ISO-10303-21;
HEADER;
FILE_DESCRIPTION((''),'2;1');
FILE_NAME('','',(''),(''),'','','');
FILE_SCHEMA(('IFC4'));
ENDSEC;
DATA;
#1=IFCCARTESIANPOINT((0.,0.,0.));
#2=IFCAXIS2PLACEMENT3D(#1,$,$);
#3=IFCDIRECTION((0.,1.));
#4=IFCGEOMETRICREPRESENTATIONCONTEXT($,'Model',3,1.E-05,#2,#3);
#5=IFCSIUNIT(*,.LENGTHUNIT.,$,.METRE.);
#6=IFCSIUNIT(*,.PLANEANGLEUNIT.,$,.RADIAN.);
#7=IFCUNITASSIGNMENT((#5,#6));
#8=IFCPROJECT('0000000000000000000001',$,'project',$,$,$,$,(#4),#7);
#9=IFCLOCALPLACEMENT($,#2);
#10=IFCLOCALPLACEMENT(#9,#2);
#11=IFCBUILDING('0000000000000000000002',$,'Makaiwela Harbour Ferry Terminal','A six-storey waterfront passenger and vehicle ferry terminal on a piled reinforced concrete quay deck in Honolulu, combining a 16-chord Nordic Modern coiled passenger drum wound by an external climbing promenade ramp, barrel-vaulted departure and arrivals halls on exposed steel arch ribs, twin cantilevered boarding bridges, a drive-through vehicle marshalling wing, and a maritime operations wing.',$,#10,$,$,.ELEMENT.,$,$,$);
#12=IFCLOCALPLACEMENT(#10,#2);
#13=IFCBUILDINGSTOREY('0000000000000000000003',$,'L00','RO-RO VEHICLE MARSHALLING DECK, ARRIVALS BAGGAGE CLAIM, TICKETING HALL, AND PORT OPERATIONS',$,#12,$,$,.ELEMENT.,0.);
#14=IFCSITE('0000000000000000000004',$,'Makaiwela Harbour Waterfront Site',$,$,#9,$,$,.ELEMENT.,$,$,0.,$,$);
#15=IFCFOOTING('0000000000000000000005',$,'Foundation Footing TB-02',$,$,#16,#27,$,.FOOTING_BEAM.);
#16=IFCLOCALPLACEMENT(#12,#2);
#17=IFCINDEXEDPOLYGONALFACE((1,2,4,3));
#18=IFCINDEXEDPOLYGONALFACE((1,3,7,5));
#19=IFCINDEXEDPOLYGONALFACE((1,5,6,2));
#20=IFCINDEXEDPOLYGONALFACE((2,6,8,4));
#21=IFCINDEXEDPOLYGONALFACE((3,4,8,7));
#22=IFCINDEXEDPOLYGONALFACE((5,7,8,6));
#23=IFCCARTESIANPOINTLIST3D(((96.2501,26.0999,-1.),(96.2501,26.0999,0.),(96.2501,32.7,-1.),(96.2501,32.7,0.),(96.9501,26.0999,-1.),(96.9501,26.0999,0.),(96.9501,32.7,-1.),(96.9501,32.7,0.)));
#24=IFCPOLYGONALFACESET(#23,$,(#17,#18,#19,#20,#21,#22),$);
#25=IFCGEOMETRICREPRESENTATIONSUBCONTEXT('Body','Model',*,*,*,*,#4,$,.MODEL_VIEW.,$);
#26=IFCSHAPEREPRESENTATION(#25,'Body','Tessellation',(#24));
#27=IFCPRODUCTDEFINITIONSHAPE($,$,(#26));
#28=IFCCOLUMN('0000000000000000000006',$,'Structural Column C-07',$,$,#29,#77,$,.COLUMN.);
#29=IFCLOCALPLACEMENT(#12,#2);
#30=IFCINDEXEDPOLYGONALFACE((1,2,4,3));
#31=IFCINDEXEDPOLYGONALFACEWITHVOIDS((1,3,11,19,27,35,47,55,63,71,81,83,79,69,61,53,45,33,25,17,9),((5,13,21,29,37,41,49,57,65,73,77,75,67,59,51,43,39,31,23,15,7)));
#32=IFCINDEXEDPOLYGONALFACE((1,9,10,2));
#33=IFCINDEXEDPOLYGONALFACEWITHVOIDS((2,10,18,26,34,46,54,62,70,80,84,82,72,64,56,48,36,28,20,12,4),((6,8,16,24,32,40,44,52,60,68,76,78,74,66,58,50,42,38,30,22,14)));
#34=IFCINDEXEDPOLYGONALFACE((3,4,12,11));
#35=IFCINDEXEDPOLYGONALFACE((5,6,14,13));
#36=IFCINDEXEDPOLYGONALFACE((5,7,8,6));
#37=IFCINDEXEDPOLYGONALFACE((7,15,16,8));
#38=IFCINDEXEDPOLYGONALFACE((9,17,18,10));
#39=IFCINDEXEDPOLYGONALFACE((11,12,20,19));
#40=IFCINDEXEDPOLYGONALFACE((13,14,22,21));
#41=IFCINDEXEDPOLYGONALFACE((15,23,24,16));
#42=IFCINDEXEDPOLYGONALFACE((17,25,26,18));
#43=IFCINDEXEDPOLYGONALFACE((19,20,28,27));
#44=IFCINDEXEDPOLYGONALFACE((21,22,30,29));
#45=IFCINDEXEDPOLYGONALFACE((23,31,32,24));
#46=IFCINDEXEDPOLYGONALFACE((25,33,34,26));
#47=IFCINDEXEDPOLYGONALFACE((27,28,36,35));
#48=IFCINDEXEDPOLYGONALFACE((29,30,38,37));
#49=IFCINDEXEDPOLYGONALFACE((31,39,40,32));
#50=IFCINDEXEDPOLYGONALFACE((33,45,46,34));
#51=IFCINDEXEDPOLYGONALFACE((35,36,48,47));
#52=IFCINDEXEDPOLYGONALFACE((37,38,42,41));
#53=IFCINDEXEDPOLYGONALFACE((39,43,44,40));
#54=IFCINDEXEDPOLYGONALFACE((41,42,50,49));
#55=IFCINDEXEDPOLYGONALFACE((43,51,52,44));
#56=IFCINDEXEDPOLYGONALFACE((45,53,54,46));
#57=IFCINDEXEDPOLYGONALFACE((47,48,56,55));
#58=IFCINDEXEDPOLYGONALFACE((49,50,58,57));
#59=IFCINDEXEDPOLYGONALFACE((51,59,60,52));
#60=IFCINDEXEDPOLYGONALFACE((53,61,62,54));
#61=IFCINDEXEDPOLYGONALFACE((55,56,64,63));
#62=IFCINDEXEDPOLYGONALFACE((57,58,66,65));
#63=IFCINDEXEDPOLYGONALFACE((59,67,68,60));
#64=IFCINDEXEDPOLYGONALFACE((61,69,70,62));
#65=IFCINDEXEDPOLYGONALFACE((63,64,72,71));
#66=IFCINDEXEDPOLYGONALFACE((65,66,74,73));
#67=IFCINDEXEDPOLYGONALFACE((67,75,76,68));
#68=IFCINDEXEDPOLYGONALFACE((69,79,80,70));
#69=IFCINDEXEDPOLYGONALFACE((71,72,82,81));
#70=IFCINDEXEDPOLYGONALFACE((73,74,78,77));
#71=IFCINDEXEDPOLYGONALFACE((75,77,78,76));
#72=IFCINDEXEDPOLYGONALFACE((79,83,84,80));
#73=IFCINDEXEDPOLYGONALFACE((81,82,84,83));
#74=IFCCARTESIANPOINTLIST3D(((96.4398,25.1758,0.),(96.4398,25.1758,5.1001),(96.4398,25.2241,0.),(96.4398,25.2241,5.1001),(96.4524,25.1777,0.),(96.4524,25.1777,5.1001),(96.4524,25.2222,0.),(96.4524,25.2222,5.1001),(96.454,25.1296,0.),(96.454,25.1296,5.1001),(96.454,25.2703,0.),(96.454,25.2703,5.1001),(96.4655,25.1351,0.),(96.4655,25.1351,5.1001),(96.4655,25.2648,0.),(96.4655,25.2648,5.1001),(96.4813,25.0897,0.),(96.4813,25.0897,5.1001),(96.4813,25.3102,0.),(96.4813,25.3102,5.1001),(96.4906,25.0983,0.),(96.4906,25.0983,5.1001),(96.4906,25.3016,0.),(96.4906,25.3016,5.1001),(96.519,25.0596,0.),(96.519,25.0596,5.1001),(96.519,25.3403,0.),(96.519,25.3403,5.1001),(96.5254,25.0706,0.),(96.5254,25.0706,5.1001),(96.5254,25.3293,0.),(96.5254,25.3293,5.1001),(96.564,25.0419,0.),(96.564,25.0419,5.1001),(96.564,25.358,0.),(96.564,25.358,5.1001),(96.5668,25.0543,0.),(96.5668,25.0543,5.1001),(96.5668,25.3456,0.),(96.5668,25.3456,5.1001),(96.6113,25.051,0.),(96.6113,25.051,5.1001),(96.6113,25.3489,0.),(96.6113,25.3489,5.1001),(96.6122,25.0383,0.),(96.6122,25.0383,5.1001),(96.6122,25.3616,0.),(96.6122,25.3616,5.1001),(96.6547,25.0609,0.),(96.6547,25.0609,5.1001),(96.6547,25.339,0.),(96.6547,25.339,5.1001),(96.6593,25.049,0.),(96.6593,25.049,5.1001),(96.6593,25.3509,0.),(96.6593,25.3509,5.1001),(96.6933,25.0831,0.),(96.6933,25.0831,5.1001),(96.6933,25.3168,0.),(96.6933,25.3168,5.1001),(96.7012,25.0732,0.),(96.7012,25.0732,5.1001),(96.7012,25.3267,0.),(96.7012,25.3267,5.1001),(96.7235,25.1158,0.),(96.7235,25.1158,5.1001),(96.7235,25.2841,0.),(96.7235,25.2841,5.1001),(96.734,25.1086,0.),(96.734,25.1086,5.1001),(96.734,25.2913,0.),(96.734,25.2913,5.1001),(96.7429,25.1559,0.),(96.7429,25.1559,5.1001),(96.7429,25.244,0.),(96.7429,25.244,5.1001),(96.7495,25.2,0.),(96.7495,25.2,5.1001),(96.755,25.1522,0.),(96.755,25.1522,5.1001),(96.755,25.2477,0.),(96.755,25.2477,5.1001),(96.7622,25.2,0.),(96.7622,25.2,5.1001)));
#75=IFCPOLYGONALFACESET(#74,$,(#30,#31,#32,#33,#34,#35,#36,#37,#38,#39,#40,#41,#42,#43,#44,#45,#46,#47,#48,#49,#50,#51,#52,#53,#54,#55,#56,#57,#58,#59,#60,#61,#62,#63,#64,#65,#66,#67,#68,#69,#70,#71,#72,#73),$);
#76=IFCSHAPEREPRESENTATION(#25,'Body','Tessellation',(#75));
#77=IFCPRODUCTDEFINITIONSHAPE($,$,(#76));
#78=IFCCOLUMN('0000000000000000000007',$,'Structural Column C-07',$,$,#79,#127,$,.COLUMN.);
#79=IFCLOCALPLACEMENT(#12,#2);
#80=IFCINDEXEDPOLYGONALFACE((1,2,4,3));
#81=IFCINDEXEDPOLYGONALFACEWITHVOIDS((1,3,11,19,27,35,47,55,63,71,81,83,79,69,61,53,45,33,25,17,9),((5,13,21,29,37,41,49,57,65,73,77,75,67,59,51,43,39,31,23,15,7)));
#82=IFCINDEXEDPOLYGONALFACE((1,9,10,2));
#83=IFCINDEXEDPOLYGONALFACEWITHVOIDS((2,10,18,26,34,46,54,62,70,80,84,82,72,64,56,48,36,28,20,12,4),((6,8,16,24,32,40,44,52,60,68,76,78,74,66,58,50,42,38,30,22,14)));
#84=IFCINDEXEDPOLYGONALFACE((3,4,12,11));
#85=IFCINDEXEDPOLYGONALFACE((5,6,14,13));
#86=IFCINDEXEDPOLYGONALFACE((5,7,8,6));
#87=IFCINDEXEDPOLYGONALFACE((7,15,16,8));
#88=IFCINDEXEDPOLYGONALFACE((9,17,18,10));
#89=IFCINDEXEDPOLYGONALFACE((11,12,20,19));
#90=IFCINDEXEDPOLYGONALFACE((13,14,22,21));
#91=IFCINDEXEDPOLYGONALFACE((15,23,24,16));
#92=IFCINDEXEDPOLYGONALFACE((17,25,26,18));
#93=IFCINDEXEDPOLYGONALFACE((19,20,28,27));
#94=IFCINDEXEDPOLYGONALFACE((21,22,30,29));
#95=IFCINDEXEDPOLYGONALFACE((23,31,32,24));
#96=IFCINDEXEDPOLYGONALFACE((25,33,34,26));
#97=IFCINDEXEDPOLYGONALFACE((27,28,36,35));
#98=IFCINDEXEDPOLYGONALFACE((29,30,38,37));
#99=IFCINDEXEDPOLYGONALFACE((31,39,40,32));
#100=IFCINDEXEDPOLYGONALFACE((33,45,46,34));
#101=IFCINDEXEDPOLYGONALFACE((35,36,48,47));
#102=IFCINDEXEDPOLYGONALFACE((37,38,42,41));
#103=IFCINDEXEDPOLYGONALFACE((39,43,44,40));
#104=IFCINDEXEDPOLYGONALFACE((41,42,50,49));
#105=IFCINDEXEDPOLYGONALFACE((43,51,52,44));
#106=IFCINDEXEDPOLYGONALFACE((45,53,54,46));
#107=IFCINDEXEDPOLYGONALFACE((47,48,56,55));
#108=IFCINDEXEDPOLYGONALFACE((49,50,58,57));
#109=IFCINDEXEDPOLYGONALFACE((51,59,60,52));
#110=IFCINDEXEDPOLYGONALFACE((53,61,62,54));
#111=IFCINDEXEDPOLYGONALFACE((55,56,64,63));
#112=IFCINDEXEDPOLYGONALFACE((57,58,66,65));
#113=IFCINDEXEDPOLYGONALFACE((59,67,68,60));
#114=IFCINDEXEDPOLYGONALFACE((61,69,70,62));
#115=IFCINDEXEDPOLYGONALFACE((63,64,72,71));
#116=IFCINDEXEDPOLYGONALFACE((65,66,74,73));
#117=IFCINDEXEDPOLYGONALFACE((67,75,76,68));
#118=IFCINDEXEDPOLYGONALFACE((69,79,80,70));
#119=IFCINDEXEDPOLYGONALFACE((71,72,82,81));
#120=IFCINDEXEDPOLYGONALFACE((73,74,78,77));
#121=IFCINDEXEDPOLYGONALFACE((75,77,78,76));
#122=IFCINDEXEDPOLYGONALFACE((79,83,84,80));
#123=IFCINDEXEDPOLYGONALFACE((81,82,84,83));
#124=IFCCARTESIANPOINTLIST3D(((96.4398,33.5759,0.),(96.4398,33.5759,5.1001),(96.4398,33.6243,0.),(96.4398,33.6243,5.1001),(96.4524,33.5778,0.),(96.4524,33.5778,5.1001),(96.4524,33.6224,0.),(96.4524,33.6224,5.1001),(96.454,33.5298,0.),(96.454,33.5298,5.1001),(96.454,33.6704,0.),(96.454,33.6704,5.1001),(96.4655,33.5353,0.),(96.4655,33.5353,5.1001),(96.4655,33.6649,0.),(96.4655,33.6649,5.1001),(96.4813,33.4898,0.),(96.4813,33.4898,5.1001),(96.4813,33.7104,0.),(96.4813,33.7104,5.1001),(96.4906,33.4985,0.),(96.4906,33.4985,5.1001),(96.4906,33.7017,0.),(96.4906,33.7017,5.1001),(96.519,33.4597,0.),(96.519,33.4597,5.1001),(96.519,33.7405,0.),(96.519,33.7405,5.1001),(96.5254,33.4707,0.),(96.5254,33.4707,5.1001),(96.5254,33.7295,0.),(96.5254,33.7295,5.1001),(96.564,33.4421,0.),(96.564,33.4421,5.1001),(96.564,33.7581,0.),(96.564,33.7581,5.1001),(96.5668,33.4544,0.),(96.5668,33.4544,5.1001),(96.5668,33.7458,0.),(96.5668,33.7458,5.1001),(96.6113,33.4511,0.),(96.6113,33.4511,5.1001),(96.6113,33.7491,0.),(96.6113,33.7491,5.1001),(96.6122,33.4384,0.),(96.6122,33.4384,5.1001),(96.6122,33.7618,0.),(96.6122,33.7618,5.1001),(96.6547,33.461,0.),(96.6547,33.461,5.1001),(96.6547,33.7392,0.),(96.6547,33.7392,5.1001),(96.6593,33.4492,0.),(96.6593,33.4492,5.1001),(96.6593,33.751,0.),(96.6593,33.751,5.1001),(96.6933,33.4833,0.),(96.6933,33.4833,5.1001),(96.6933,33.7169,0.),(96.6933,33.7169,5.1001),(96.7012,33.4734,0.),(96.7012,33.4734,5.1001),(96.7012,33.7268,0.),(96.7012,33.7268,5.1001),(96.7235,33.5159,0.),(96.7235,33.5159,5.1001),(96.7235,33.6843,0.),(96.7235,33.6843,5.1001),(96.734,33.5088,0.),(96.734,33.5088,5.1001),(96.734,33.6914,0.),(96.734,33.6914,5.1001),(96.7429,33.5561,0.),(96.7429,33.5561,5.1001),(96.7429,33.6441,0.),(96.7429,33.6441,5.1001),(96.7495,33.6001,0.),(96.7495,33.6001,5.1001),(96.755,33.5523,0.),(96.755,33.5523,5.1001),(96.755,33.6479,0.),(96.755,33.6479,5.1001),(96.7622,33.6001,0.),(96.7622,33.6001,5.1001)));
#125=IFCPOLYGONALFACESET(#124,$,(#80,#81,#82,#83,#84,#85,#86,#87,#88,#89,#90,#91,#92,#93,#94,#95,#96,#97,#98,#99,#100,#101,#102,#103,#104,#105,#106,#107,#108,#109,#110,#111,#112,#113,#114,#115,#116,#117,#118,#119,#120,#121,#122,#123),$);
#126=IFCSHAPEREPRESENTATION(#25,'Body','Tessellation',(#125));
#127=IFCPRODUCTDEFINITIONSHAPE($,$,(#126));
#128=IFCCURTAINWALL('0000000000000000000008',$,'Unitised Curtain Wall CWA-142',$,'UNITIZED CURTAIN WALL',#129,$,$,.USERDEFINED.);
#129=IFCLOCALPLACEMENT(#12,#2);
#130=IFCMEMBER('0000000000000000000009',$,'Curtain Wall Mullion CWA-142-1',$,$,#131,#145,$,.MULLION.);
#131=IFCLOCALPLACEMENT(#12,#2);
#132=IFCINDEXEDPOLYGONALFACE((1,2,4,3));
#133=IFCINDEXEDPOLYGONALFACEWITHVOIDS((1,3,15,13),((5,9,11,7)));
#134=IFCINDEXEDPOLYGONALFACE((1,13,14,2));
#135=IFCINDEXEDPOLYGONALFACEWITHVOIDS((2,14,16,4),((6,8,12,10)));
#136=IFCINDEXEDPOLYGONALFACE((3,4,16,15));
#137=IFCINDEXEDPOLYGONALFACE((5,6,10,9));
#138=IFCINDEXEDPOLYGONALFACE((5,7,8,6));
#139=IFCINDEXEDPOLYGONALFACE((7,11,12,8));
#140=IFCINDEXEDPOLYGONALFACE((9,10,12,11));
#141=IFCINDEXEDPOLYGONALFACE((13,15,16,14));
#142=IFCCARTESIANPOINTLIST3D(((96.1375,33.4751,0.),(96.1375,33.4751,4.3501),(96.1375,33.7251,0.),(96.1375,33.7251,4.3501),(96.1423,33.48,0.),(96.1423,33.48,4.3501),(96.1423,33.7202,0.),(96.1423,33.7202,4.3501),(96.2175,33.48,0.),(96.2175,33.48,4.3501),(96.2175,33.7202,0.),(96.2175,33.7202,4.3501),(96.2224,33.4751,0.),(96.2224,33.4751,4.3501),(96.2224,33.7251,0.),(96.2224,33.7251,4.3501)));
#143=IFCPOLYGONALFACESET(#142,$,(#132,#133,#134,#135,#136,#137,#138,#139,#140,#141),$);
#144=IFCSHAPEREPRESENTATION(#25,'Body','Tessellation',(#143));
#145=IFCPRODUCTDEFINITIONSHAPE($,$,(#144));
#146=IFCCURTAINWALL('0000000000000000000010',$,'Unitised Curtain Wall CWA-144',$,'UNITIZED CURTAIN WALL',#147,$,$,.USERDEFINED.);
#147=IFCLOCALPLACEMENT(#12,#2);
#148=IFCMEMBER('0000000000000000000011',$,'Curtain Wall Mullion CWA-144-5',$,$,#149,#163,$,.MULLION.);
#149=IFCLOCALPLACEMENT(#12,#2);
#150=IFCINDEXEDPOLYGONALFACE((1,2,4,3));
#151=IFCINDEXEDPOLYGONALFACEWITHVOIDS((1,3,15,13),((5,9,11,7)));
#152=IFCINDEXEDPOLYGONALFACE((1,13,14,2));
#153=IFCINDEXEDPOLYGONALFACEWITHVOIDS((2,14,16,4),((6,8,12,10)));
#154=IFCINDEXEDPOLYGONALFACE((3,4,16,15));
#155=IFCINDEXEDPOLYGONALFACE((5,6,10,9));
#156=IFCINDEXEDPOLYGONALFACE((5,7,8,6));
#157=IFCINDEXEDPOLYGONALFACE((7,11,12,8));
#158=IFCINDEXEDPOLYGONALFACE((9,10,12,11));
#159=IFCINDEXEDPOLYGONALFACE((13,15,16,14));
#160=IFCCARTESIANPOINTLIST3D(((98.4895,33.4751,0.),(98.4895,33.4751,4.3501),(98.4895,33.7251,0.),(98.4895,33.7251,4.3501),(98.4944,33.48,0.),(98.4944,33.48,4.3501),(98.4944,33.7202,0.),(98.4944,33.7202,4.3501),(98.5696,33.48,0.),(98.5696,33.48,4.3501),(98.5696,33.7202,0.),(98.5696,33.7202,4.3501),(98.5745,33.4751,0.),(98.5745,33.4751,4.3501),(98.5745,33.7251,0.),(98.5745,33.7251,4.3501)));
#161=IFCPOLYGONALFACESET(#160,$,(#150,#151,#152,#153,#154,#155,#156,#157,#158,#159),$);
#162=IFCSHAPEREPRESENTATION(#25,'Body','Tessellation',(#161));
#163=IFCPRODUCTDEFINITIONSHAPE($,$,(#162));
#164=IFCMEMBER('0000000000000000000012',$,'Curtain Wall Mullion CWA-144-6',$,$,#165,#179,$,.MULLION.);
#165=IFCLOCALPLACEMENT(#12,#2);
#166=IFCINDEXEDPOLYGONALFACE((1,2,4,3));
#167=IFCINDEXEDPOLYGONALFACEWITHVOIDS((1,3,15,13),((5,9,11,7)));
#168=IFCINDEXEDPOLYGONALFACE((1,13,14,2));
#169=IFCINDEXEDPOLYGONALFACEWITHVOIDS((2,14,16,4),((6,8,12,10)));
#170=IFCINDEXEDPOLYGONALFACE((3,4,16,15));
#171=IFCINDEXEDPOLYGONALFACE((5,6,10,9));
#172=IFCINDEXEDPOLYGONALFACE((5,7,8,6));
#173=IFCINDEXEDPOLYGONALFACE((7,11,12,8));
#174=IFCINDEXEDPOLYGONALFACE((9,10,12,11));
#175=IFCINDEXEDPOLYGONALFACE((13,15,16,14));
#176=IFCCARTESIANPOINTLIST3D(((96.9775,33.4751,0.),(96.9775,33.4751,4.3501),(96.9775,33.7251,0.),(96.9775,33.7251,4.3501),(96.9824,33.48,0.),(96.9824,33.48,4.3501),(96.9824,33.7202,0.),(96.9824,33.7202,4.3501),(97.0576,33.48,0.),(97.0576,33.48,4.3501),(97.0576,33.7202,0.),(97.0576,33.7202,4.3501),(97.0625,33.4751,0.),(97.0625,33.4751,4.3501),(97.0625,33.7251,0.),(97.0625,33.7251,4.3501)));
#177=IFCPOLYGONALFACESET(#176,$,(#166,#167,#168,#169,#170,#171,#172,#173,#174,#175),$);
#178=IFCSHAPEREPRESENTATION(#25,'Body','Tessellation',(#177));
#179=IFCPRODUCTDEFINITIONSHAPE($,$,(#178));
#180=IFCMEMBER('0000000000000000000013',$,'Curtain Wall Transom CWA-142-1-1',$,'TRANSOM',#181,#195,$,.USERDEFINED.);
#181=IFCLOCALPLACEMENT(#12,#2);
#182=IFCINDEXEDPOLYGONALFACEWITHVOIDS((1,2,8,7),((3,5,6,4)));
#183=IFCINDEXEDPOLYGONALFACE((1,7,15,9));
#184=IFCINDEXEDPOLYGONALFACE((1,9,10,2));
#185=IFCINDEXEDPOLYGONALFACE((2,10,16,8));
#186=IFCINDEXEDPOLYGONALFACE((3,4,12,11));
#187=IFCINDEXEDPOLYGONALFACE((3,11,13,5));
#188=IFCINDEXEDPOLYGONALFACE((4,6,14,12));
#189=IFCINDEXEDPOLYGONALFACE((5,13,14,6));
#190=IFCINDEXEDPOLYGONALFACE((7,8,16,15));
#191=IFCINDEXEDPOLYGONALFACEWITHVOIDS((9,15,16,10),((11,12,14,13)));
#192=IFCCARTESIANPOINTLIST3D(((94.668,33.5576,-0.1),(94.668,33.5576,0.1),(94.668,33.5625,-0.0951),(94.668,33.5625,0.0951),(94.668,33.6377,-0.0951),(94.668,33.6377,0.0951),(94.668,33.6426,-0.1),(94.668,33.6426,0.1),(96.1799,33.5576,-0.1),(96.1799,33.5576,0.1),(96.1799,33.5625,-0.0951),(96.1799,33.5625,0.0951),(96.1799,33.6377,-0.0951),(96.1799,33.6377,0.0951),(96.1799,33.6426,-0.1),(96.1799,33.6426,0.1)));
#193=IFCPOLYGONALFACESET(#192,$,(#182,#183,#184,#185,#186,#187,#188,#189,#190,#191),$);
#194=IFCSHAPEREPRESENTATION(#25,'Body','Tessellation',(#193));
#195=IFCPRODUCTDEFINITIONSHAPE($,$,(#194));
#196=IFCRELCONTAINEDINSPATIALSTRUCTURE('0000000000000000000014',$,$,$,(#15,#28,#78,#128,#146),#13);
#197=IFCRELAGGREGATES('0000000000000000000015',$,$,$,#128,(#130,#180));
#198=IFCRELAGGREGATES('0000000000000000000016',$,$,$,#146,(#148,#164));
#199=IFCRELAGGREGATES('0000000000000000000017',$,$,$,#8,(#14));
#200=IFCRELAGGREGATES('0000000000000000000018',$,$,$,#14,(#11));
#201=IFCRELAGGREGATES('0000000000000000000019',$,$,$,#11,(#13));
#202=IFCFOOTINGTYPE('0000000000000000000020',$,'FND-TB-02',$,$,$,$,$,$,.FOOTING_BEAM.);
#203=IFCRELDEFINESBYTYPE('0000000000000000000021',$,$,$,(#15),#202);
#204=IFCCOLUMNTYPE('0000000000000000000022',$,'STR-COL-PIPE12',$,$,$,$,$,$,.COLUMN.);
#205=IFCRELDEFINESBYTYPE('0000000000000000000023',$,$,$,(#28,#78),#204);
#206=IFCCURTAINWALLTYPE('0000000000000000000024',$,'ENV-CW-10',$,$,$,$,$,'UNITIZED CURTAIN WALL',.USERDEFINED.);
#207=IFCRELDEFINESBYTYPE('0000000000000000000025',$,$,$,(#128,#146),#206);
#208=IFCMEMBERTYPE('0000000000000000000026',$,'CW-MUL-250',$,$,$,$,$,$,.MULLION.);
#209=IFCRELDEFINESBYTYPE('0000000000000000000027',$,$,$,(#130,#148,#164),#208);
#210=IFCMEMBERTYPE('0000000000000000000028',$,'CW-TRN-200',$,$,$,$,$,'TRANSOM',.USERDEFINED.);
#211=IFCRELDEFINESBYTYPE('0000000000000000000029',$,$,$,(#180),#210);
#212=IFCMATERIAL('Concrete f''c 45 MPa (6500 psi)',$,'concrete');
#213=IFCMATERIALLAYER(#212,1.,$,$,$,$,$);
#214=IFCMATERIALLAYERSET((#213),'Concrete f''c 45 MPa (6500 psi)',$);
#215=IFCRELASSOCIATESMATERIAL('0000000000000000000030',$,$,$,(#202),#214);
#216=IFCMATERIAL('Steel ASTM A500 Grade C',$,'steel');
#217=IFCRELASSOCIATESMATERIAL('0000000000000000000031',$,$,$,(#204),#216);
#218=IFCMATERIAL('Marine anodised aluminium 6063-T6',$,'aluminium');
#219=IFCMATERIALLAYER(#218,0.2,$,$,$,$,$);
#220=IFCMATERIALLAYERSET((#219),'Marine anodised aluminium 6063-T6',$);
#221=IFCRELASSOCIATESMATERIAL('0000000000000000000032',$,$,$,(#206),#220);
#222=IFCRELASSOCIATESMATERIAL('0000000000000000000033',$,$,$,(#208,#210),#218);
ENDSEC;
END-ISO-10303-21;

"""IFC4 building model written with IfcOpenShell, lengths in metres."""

from ifc_helpers import new_model, si_unit, direction, frame, origin, origin_2d, place, context, subcontext, project, spatial, rectangle, hollow_rectangle, hollow_circle, extrude, material, layer, layer_set, material_profile, profile_set, type_object, element, aggregate, save


model = new_model("IFC4")

# Units and contexts
model_context = context("Model", 3, precision=1e-05, world=origin(), true_north=direction((0.0, 1.0)))
body_context = subcontext(model_context, "Body", "Model", "MODEL_VIEW")
ifc_project = project(units=[si_unit("LENGTHUNIT", "METRE"), si_unit("PLANEANGLEUNIT", "RADIAN")], contexts=[model_context])

# Site, building, storey
site_placement = place(None, origin())
site = spatial("IfcSite", under=ifc_project, at=site_placement, Name="Makaiwela Harbour Waterfront Site", CompositionType="ELEMENT", RefElevation=0.0)
building_placement = place(site_placement, origin())
building = spatial("IfcBuilding", under=site, at=building_placement, Name="Makaiwela Harbour Ferry Terminal", Description="A six-storey waterfront passenger and vehicle ferry terminal on a piled reinforced concrete quay deck in Honolulu, combining a 16-chord Nordic Modern coiled passenger drum wound by an external climbing promenade ramp, barrel-vaulted departure and arrivals halls on exposed steel arch ribs, twin cantilevered boarding bridges, a drive-through vehicle marshalling wing, and a maritime operations wing.", CompositionType="ELEMENT")
storey_placement = place(building_placement, origin())
storey = spatial("IfcBuildingStorey", under=building, at=storey_placement, Name="L00", Description="RO-RO VEHICLE MARSHALLING DECK, ARRIVALS BAGGAGE CLAIM, TICKETING HALL, AND PORT OPERATIONS", CompositionType="ELEMENT", Elevation=0.0)

# Shared definitions
ifc_material_1 = material(Name="Concrete f'c 45 MPa (6500 psi)", Category="concrete")

# Footing
ifc_layer_1 = layer(ifc_material_1, 1.0)
ifc_layer_set_1 = layer_set([ifc_layer_1], Name="Concrete f'c 45 MPa (6500 psi)")
footing_type_1 = type_object("IfcFootingType", Name="FND-TB-02", PredefinedType="FOOTING_BEAM", material=ifc_layer_set_1)
footing_placement = place(storey_placement, frame((96.6001, 29.3999, -1.0), z_axis=(0.0, 0.0, 1.0), x_axis=(0.0, 1.0, 0.0)))
element("IfcFooting", 1, at=footing_placement, inside=storey, type_object=footing_type_1, Name="Foundation Footing TB-02", PredefinedType="FOOTING_BEAM", context=body_context, shape_type="SweptSolid", body=[
    extrude(rectangle(XDim=6.6001, YDim=0.7, at=origin_2d()), origin(), (0.0, 0.0, 1.0), 1.0),
])

# Columns
ifc_material_2 = material(Name="Steel ASTM A500 Grade C", Category="steel")
ifc_material_profile_1 = material_profile(ifc_material_2, hollow_circle(Radius=0.1621, WallThickness=0.0127, at=origin_2d()), Name="PIPE12XS")
ifc_profile_set_1 = profile_set([ifc_material_profile_1], Name="Steel ASTM A500 Grade C")
column_type = type_object("IfcColumnType", Name="STR-COL-PIPE12", PredefinedType="COLUMN", material=ifc_profile_set_1)
for number, where, z_axis, x_axis, name in (
    (2, (96.6001, 25.2, 0.0), (0.0, 0.0, 1.0), (1.0, 0.0, 0.0), "Structural Column C-07"),
    (3, (96.6001, 33.6001, 0.0), (0.0, 0.0, 1.0), (1.0, 0.0, 0.0), "Structural Column C-07"),
):
    element("IfcColumn", number, at=place(storey_placement, frame(where, z_axis=z_axis, x_axis=x_axis)), inside=storey, type_object=column_type, Name=name, PredefinedType="COLUMN", context=body_context, shape_type="SweptSolid", body=[
        extrude(hollow_circle(Radius=0.1621, WallThickness=0.0127, at=origin_2d()), origin(), (0.0, 0.0, 1.0), 5.1001),
    ])

# Curtain wall, member
ifc_material_3 = material(Name="Marine anodised aluminium 6063-T6", Category="aluminium")
ifc_layer_2 = layer(ifc_material_3, 0.2)
ifc_layer_set_2 = layer_set([ifc_layer_2], Name="Marine anodised aluminium 6063-T6")
curtain_wall_type = type_object("IfcCurtainWallType", Name="ENV-CW-10", ElementType="UNITIZED CURTAIN WALL", PredefinedType="USERDEFINED", material=ifc_layer_set_2)
curtain_wall_1_placement = place(storey_placement, origin())
curtain_wall_1 = element("IfcCurtainWall", 4, at=curtain_wall_1_placement, inside=storey, type_object=curtain_wall_type, Name="Unitised Curtain Wall CWA-142", ObjectType="UNITIZED CURTAIN WALL", PredefinedType="USERDEFINED")
ifc_material_profile_2 = material_profile(ifc_material_3, hollow_rectangle(XDim=0.085, YDim=0.25, WallThickness=0.0049, at=origin_2d()), Name="CWM-250X85")
ifc_profile_set_2 = profile_set([ifc_material_profile_2], Name="Marine anodised aluminium 6063-T6")
member_type_1 = type_object("IfcMemberType", Name="CW-MUL-250", PredefinedType="MULLION", material=ifc_profile_set_2)
member_1_placement = place(storey_placement, frame((96.1799, 33.6001, 0.0), z_axis=(0.0, 0.0, 1.0), x_axis=(1.0, 0.0, 0.0)))
member_1 = element("IfcMember", 5, at=member_1_placement, type_object=member_type_1, Name="Curtain Wall Mullion CWA-142-1", PredefinedType="MULLION", context=body_context, shape_type="SweptSolid", body=[
    extrude(hollow_rectangle(XDim=0.085, YDim=0.25, WallThickness=0.0049, at=origin_2d()), origin(), (0.0, 0.0, 1.0), 4.3501),
])

# Curtain wall, members
curtain_wall_2_placement = place(storey_placement, origin())
curtain_wall_2 = element("IfcCurtainWall", 6, at=curtain_wall_2_placement, inside=storey, type_object=curtain_wall_type, Name="Unitised Curtain Wall CWA-144", ObjectType="UNITIZED CURTAIN WALL", PredefinedType="USERDEFINED")
member_2_placement = place(storey_placement, frame((98.532, 33.6001, 0.0), z_axis=(0.0, 0.0, 1.0), x_axis=(1.0, 0.0, 0.0)))
member_2 = element("IfcMember", 7, at=member_2_placement, type_object=member_type_1, Name="Curtain Wall Mullion CWA-144-5", PredefinedType="MULLION", context=body_context, shape_type="SweptSolid", body=[
    extrude(hollow_rectangle(XDim=0.085, YDim=0.25, WallThickness=0.0049, at=origin_2d()), origin(), (0.0, 0.0, 1.0), 4.3501),
])
member_3_placement = place(storey_placement, frame((97.02, 33.6001, 0.0), z_axis=(0.0, 0.0, 1.0), x_axis=(1.0, 0.0, 0.0)))
member_3 = element("IfcMember", 8, at=member_3_placement, type_object=member_type_1, Name="Curtain Wall Mullion CWA-144-6", PredefinedType="MULLION", context=body_context, shape_type="SweptSolid", body=[
    extrude(hollow_rectangle(XDim=0.085, YDim=0.25, WallThickness=0.0049, at=origin_2d()), origin(), (0.0, 0.0, 1.0), 4.3501),
])

# Member
ifc_material_profile_3 = material_profile(ifc_material_3, hollow_rectangle(XDim=0.085, YDim=0.2, WallThickness=0.0049, at=origin_2d()), Name="CWT-200X85")
ifc_profile_set_3 = profile_set([ifc_material_profile_3], Name="Marine anodised aluminium 6063-T6")
member_type_2 = type_object("IfcMemberType", Name="CW-TRN-200", ElementType="TRANSOM", PredefinedType="USERDEFINED", material=ifc_profile_set_3)
member_4_placement = place(storey_placement, frame((96.1799, 33.6001, 0.0), z_axis=(-1.0, 0.0, 0.0), x_axis=(0.0, -1.0, 0.0)))
member_4 = element("IfcMember", 9, at=member_4_placement, type_object=member_type_2, Name="Curtain Wall Transom CWA-142-1-1", ObjectType="TRANSOM", PredefinedType="USERDEFINED", context=body_context, shape_type="SweptSolid", body=[
    extrude(hollow_rectangle(XDim=0.085, YDim=0.2, WallThickness=0.0049, at=origin_2d()), origin(), (0.0, 0.0, 1.0), 1.512),
])

aggregate(curtain_wall_1, [member_1, member_4])
aggregate(curtain_wall_2, [member_2, member_3])

save(model, "model.ifc")
